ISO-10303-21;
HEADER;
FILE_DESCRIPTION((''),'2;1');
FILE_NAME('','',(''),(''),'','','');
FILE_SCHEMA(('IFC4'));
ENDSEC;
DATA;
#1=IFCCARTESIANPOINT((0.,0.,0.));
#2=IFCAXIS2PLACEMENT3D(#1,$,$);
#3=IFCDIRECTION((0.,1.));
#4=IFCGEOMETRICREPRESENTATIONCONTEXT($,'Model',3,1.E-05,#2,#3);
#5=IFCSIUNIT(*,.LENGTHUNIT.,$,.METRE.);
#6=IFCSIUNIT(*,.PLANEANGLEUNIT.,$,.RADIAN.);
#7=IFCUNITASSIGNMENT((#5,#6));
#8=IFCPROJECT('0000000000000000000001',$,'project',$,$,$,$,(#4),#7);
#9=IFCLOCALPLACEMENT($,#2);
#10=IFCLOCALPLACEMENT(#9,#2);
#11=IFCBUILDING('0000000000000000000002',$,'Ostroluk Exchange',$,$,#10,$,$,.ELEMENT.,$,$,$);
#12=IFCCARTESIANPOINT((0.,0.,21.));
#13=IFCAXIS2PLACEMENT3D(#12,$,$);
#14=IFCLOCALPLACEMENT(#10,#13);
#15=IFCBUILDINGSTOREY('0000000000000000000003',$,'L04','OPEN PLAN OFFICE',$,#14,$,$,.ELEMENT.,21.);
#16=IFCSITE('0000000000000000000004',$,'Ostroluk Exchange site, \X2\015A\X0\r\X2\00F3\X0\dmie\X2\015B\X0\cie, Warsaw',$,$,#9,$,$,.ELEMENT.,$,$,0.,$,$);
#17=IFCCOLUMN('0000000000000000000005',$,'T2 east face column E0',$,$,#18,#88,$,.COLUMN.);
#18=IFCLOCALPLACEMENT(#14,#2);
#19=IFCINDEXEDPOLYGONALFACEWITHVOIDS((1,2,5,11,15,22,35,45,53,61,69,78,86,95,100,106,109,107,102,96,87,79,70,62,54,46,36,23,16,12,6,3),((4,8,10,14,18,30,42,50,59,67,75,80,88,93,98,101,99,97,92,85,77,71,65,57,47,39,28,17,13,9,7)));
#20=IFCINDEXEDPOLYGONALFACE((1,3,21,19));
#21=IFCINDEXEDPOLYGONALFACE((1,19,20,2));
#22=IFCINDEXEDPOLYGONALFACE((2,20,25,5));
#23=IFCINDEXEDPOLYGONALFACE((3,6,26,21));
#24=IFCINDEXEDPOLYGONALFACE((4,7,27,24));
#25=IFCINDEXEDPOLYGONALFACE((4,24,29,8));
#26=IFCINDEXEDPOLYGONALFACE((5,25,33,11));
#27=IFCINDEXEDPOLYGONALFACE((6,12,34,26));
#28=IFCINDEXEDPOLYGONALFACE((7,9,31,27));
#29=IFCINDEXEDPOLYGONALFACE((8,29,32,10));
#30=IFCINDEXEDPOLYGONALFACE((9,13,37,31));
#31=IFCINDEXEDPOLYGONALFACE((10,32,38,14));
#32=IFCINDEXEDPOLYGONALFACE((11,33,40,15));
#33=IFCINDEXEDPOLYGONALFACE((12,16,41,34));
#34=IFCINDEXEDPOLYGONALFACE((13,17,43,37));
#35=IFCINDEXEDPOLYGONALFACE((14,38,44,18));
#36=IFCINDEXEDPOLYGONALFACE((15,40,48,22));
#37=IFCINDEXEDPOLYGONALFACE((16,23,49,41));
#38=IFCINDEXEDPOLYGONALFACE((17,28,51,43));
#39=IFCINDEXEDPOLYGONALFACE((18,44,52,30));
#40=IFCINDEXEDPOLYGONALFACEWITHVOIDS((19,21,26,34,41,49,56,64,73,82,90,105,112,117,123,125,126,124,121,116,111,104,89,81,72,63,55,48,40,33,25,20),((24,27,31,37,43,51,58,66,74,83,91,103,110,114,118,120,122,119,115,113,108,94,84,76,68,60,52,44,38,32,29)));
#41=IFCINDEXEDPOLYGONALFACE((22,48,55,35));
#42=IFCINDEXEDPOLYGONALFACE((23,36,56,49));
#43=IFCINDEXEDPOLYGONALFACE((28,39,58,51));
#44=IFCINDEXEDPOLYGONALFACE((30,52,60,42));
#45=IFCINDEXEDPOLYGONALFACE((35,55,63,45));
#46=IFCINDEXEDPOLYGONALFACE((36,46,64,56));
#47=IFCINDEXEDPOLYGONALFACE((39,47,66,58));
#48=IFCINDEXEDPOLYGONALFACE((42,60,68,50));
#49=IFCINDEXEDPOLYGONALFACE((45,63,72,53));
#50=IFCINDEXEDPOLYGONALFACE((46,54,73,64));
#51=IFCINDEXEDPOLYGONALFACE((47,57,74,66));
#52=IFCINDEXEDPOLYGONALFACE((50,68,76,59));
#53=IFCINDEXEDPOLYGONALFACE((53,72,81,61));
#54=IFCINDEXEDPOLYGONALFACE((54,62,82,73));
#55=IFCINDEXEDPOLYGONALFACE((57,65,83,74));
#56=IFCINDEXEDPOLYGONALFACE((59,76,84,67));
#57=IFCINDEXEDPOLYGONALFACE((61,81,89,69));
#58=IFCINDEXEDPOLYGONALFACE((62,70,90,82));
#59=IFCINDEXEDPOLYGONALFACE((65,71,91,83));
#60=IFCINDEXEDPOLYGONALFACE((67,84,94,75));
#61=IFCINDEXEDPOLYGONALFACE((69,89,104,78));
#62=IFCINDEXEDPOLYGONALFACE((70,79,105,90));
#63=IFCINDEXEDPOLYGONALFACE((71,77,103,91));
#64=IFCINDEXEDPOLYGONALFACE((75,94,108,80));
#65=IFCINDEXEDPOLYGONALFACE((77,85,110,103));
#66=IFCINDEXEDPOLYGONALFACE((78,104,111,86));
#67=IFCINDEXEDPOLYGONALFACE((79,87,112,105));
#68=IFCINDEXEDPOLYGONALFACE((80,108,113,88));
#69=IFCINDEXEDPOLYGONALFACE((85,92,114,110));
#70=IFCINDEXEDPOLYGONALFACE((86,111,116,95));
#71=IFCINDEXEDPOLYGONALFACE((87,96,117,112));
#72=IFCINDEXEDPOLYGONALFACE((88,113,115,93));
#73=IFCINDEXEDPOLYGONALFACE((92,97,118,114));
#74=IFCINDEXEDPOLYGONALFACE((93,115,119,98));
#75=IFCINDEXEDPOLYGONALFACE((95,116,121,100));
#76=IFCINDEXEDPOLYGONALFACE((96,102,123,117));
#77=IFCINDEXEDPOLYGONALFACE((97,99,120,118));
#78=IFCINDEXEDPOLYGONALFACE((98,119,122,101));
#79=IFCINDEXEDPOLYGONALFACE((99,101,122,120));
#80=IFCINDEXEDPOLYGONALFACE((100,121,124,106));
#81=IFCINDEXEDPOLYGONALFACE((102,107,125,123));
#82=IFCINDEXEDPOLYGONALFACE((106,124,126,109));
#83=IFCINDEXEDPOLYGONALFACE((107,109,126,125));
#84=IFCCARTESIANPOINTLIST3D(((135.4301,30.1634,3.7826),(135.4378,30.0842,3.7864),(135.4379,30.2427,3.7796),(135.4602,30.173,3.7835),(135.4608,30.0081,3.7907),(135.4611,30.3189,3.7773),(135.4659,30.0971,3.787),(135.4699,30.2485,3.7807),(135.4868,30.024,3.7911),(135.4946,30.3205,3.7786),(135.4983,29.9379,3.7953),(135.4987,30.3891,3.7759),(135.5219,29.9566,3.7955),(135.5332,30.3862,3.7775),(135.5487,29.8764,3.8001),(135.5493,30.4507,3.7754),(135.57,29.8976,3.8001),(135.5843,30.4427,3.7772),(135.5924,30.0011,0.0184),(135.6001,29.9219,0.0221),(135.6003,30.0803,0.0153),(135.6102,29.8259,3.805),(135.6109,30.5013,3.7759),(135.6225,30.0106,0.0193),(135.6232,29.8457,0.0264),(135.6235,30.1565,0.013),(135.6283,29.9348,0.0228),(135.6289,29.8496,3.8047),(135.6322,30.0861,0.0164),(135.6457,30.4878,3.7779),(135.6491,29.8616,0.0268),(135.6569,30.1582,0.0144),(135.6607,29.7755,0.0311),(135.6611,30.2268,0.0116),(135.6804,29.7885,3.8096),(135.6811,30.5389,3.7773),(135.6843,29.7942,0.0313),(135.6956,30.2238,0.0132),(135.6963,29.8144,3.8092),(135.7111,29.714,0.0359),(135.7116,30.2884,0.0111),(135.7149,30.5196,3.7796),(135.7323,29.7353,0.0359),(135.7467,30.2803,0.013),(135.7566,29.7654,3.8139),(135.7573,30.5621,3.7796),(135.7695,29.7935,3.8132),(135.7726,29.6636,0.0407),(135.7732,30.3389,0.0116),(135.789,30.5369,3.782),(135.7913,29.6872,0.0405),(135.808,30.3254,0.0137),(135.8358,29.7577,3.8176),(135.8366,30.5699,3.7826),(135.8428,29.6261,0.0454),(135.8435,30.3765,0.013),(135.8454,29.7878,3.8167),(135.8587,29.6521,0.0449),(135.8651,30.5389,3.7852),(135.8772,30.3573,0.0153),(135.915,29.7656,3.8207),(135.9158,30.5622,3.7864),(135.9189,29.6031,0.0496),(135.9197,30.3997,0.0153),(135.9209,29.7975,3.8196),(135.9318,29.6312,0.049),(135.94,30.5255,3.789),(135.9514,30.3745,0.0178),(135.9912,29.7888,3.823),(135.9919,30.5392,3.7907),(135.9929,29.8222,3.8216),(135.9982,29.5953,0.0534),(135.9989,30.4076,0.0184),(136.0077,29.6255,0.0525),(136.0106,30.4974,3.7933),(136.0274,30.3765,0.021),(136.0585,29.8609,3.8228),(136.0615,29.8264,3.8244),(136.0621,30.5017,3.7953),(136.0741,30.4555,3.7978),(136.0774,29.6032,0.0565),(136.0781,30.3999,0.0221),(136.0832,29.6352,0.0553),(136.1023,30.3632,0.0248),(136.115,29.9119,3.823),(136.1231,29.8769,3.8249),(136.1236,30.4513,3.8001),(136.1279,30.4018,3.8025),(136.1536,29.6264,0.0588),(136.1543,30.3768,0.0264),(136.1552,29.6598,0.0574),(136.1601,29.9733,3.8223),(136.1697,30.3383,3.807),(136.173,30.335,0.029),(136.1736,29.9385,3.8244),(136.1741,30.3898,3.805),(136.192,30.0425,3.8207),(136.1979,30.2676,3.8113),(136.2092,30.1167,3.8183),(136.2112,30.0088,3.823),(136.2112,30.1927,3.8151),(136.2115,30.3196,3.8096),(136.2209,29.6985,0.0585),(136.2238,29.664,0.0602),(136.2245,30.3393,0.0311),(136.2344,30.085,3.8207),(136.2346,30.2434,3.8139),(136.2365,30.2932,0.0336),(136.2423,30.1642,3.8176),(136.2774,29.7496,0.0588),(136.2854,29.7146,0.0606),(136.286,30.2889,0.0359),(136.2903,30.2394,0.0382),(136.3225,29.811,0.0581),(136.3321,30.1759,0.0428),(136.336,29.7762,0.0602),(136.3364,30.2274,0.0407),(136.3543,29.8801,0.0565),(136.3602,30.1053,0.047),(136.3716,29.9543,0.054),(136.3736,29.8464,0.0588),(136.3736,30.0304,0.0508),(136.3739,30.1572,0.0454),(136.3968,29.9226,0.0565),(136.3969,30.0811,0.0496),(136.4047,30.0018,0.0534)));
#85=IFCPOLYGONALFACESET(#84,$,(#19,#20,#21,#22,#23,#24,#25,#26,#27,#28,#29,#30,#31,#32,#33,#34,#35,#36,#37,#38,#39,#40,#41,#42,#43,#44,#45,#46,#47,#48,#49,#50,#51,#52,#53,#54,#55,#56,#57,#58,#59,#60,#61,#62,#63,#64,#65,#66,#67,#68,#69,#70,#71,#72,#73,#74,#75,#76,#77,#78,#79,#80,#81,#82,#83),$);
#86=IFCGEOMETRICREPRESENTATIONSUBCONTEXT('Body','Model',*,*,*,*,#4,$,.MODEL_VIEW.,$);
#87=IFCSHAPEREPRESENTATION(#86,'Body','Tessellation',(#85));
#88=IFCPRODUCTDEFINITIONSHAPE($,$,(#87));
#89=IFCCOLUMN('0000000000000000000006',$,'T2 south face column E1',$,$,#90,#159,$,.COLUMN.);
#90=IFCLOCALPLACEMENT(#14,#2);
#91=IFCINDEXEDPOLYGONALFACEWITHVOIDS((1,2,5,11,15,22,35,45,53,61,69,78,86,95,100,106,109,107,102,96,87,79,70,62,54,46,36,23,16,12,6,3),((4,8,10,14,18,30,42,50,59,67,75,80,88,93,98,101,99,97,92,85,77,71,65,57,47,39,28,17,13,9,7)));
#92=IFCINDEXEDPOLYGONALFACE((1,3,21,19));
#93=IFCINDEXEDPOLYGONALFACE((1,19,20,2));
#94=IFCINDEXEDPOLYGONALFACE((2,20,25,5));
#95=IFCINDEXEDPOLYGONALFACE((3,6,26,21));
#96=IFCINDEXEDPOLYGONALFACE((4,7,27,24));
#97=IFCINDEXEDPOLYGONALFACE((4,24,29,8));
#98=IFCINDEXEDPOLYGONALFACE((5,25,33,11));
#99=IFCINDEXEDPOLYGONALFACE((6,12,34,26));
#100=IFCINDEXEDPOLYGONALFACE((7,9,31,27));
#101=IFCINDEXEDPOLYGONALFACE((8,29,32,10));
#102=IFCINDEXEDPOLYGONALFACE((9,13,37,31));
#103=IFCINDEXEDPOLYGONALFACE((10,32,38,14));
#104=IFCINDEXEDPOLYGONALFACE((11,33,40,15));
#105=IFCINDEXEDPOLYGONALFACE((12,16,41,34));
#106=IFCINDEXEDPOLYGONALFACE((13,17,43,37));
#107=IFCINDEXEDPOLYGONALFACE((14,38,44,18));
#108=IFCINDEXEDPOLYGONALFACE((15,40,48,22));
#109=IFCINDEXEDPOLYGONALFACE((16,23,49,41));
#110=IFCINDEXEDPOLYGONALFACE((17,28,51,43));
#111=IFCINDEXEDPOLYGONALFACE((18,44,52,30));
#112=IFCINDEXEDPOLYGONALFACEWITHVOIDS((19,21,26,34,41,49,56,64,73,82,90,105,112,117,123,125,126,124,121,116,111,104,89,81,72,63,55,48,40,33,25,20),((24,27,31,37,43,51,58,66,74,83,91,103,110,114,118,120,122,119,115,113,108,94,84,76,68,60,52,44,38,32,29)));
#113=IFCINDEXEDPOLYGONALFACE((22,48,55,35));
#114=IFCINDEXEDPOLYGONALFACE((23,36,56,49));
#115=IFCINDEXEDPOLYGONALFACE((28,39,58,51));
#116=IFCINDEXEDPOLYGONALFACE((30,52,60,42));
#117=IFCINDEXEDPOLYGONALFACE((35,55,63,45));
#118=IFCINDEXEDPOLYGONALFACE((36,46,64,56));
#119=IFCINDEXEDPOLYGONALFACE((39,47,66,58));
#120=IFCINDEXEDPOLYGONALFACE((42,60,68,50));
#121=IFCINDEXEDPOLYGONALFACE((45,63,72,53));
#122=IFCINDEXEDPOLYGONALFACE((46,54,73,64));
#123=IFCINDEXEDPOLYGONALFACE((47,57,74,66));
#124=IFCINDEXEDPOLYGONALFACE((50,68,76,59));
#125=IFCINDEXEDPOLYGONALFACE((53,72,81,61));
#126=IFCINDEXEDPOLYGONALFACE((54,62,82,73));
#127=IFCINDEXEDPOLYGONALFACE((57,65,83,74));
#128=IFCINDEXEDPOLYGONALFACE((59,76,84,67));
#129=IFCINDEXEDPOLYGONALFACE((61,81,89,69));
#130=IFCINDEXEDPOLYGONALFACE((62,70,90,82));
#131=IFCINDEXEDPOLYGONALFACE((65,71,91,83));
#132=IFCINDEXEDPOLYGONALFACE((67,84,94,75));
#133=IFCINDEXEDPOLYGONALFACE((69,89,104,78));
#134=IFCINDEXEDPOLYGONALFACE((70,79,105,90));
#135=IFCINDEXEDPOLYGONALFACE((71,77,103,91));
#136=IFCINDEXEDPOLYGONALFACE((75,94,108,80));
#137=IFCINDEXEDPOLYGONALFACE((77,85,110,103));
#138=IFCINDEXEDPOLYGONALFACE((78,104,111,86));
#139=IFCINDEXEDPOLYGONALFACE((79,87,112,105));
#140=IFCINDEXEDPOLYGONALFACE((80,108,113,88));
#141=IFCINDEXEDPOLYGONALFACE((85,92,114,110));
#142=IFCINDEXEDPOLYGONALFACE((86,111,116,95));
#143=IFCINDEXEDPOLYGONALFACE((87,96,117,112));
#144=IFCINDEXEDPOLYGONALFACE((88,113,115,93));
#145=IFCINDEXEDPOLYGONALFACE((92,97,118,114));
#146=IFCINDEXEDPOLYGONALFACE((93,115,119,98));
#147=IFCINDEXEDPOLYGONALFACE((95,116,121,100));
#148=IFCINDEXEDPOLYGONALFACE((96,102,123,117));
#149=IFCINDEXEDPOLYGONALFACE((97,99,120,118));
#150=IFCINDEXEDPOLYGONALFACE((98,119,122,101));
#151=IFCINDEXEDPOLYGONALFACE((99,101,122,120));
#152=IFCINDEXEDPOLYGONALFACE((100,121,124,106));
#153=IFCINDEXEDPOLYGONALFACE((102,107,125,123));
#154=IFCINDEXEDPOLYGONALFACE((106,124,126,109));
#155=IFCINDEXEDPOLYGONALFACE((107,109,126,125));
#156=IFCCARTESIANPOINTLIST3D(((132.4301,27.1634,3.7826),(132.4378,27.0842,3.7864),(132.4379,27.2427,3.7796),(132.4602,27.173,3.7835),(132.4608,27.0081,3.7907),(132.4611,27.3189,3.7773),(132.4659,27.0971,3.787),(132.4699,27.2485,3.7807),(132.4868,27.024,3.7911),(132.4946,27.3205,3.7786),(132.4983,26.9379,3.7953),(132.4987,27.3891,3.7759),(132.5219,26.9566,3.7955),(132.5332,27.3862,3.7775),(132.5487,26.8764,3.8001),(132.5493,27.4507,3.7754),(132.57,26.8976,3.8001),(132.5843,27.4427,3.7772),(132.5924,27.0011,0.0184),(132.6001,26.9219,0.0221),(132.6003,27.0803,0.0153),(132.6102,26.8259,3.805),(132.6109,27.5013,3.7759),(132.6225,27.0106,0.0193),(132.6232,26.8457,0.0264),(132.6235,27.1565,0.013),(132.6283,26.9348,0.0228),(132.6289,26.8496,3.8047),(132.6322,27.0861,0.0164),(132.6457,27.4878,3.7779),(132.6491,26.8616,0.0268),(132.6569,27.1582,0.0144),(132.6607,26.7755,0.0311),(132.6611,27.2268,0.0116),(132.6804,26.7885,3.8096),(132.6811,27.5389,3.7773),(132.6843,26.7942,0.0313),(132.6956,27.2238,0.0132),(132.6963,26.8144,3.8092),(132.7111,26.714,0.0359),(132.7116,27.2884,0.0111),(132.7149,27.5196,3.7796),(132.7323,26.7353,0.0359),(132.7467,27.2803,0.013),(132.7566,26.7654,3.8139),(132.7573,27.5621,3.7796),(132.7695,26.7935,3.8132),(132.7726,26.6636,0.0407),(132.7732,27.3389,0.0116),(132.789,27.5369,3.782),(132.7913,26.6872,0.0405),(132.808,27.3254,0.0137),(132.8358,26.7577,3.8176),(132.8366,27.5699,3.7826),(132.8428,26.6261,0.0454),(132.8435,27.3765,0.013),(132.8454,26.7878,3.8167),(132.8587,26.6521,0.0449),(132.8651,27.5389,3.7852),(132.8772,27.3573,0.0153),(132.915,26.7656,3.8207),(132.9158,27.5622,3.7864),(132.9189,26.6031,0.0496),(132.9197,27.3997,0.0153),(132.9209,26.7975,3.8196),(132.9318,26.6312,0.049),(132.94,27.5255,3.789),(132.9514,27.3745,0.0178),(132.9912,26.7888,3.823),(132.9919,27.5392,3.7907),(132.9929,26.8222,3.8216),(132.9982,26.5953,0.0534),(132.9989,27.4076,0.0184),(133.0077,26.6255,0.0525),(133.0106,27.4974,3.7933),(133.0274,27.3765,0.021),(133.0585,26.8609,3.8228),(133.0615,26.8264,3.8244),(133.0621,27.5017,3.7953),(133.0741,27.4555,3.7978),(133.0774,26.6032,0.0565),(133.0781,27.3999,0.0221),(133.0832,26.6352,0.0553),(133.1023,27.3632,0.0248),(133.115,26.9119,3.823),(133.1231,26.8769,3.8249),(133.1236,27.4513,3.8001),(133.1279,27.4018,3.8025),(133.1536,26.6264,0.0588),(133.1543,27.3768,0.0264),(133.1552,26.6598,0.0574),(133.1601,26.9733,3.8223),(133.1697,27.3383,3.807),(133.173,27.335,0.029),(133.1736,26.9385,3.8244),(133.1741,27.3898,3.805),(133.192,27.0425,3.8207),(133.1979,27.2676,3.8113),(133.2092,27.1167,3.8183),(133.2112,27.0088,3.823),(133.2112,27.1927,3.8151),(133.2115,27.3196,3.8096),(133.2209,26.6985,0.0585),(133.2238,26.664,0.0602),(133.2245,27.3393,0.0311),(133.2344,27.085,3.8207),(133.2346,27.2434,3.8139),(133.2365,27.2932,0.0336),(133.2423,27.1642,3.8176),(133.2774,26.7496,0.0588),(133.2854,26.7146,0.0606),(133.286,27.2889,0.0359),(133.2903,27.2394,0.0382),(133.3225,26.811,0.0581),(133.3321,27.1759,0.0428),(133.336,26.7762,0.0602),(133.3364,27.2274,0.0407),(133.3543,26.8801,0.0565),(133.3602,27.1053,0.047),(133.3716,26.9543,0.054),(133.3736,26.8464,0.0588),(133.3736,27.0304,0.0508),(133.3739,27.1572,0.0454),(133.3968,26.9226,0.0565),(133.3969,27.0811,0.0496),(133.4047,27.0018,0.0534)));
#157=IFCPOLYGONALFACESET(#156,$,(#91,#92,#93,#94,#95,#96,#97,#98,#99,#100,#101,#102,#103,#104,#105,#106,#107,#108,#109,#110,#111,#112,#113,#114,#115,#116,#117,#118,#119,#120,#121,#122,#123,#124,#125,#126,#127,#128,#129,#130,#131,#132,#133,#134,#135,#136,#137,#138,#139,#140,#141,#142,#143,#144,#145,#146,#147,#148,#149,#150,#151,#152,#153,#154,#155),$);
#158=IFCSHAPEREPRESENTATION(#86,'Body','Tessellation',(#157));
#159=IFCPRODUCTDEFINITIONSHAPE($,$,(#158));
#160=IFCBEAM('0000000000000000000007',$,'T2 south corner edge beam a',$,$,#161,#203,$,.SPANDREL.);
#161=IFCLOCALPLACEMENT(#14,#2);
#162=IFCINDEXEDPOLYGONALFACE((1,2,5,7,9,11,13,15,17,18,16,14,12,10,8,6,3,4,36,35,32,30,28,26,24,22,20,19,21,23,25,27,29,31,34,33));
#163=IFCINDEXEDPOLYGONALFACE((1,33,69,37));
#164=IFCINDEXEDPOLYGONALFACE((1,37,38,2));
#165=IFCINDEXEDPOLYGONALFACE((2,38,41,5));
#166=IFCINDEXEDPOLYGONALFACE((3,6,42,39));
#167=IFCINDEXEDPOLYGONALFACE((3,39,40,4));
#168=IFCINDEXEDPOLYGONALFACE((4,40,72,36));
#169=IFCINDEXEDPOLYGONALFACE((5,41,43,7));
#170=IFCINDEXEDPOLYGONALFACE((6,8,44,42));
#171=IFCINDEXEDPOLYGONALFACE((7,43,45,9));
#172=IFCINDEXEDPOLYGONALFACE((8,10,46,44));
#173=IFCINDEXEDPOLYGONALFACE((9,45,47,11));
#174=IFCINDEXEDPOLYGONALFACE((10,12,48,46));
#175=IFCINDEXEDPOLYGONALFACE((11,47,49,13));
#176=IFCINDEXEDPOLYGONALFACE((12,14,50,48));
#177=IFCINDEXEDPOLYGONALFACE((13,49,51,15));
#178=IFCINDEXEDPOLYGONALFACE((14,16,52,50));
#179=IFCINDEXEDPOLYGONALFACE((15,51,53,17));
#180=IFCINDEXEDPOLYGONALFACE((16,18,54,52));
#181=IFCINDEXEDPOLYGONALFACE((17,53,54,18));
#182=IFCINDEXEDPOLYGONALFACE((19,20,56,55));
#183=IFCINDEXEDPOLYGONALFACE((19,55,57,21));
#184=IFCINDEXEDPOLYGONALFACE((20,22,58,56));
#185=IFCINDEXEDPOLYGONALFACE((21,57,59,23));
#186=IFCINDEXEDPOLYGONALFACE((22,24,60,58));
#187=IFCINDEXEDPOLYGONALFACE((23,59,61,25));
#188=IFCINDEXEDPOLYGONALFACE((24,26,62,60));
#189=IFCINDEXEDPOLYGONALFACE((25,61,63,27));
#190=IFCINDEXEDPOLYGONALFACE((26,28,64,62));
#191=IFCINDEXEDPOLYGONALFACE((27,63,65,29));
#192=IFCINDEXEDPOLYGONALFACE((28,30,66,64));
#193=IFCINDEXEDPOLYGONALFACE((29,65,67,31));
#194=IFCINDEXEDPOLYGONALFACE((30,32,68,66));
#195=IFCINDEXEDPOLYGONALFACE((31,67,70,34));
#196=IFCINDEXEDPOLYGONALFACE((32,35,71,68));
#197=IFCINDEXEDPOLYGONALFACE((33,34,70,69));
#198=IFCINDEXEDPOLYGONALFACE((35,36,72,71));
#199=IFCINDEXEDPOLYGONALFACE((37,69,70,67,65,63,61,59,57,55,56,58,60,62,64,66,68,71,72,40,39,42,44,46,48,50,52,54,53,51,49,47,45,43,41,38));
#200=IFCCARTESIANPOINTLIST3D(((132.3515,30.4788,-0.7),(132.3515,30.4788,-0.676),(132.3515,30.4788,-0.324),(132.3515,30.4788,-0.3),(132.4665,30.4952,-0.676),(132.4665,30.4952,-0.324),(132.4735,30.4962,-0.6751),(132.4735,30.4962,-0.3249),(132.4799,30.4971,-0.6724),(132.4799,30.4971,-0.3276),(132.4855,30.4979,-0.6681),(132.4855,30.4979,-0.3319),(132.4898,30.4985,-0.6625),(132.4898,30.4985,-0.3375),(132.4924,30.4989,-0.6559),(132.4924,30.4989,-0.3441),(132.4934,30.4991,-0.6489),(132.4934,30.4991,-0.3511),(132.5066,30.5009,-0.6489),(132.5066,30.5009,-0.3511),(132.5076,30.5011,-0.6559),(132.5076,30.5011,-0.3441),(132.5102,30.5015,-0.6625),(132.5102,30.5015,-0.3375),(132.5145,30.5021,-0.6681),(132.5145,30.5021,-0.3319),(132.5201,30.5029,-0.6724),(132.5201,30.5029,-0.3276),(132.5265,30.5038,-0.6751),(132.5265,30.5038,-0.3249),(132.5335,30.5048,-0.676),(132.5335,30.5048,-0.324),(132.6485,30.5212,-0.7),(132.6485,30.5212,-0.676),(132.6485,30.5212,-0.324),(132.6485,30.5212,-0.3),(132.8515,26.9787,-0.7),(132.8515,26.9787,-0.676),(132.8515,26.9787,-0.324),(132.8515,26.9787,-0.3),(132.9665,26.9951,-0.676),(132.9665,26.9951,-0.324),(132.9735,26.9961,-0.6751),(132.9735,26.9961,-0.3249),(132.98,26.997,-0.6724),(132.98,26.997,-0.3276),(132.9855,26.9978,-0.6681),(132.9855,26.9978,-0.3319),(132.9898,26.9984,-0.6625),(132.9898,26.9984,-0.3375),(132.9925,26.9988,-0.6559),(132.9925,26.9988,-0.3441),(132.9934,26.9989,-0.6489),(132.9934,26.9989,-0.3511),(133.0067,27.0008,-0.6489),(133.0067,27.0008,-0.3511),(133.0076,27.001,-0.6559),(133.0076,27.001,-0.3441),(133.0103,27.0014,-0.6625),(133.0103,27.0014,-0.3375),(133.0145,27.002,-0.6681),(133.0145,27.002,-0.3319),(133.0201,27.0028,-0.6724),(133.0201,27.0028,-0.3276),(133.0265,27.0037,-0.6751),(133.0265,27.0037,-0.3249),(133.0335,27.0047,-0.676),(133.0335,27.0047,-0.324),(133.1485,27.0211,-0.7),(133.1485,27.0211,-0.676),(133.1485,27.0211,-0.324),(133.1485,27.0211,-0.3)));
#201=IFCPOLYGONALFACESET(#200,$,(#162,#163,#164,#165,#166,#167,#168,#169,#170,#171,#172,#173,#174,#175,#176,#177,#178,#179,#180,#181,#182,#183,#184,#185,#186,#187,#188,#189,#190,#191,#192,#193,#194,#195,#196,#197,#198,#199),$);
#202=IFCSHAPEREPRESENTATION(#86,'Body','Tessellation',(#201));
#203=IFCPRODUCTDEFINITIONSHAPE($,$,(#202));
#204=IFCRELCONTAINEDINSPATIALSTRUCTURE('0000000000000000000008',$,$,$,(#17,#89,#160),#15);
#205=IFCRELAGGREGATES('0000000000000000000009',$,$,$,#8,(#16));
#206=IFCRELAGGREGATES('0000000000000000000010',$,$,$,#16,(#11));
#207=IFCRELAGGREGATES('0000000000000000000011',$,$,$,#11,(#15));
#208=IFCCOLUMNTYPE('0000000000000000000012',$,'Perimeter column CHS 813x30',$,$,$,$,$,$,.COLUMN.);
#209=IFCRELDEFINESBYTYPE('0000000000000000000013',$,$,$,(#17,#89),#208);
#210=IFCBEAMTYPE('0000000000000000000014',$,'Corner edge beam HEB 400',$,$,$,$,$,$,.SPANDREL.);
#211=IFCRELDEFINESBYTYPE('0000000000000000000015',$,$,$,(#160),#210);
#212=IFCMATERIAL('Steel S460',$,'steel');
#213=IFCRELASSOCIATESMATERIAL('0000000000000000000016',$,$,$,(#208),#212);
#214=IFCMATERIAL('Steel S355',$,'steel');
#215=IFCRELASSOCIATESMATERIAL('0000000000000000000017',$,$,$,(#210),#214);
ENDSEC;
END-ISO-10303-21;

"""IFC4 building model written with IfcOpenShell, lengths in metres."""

from ifc_helpers import new_model, si_unit, direction, frame, origin, origin_2d, place, context, subcontext, project, spatial, hollow_circle, i_section, extrude, material, material_profile, profile_set, type_object, element, save


model = new_model("IFC4")

# Units and contexts
model_context = context("Model", 3, precision=1e-05, world=origin(), true_north=direction((0.0, 1.0)))
body_context = subcontext(model_context, "Body", "Model", "MODEL_VIEW")
ifc_project = project(units=[si_unit("LENGTHUNIT", "METRE"), si_unit("PLANEANGLEUNIT", "RADIAN")], contexts=[model_context])

# Site, building, storey
site_placement = place(None, origin())
site = spatial("IfcSite", under=ifc_project, at=site_placement, Name="Ostroluk Exchange site, Śródmieście, Warsaw", CompositionType="ELEMENT", RefElevation=0.0)
building_placement = place(site_placement, origin())
building = spatial("IfcBuilding", under=site, at=building_placement, Name="Ostroluk Exchange", CompositionType="ELEMENT")
storey_placement = place(building_placement, frame((0.0, 0.0, 21.0)))
storey = spatial("IfcBuildingStorey", under=building, at=storey_placement, Name="L04", Description="OPEN PLAN OFFICE", CompositionType="ELEMENT", Elevation=21.0)

# Columns
ifc_material_1 = material(Name="Steel S460", Category="steel")
ifc_material_profile_1 = material_profile(ifc_material_1, hollow_circle(Radius=0.4065, WallThickness=0.03, at=origin_2d()), Name="CHS 813x30")
ifc_profile_set_1 = profile_set([ifc_material_profile_1], Name="Steel S460")
column_type = type_object("IfcColumnType", Name="Perimeter column CHS 813x30", PredefinedType="COLUMN", material=ifc_profile_set_1)
for number, where, z_axis, x_axis, name in (
    (1, (135.9985, 30.0015, 0.0359), (-0.043051, 0.043051, 0.998145), (-0.707107, -0.707107, 0.0), "T2 east face column E0"),
    (2, (132.9985, 27.0015, 0.0359), (-0.043051, 0.043051, 0.998145), (-0.707107, -0.707107, 0.0), "T2 south face column E1"),
):
    element("IfcColumn", number, at=place(storey_placement, frame(where, z_axis=z_axis, x_axis=x_axis)), inside=storey, type_object=column_type, Name=name, PredefinedType="COLUMN", context=body_context, shape_type="SweptSolid", body=[
        extrude(hollow_circle(Radius=0.4065, WallThickness=0.03, at=origin_2d()), origin(), (0.0, 0.0, 1.0), 3.7712),
    ])

# Beam
ifc_material_2 = material(Name="Steel S355", Category="steel")
ifc_material_profile_2 = material_profile(ifc_material_2, i_section(OverallWidth=0.3, OverallDepth=0.3999, WebThickness=0.0134, FlangeThickness=0.0239, FilletRadius=0.0271, at=origin_2d()), Name="HEB 400")
ifc_profile_set_2 = profile_set([ifc_material_profile_2], Name="Steel S355")
beam_type_1 = type_object("IfcBeamType", Name="Corner edge beam HEB 400", PredefinedType="SPANDREL", material=ifc_profile_set_2)
beam_1_placement = place(storey_placement, frame((132.5, 30.5, -0.5), z_axis=(0.141421, -0.989949, 0.0), x_axis=(0.989949, 0.141421, 0.0)))
element("IfcBeam", 3, at=beam_1_placement, inside=storey, type_object=beam_type_1, Name="T2 south corner edge beam a", PredefinedType="SPANDREL", context=body_context, shape_type="SweptSolid", body=[
    extrude(i_section(OverallWidth=0.3, OverallDepth=0.3999, WebThickness=0.0134, FlangeThickness=0.0239, FilletRadius=0.0271, at=origin_2d()), origin(), (0.0, 0.0, 1.0), 3.5356),
])

save(model, "model.ifc")
